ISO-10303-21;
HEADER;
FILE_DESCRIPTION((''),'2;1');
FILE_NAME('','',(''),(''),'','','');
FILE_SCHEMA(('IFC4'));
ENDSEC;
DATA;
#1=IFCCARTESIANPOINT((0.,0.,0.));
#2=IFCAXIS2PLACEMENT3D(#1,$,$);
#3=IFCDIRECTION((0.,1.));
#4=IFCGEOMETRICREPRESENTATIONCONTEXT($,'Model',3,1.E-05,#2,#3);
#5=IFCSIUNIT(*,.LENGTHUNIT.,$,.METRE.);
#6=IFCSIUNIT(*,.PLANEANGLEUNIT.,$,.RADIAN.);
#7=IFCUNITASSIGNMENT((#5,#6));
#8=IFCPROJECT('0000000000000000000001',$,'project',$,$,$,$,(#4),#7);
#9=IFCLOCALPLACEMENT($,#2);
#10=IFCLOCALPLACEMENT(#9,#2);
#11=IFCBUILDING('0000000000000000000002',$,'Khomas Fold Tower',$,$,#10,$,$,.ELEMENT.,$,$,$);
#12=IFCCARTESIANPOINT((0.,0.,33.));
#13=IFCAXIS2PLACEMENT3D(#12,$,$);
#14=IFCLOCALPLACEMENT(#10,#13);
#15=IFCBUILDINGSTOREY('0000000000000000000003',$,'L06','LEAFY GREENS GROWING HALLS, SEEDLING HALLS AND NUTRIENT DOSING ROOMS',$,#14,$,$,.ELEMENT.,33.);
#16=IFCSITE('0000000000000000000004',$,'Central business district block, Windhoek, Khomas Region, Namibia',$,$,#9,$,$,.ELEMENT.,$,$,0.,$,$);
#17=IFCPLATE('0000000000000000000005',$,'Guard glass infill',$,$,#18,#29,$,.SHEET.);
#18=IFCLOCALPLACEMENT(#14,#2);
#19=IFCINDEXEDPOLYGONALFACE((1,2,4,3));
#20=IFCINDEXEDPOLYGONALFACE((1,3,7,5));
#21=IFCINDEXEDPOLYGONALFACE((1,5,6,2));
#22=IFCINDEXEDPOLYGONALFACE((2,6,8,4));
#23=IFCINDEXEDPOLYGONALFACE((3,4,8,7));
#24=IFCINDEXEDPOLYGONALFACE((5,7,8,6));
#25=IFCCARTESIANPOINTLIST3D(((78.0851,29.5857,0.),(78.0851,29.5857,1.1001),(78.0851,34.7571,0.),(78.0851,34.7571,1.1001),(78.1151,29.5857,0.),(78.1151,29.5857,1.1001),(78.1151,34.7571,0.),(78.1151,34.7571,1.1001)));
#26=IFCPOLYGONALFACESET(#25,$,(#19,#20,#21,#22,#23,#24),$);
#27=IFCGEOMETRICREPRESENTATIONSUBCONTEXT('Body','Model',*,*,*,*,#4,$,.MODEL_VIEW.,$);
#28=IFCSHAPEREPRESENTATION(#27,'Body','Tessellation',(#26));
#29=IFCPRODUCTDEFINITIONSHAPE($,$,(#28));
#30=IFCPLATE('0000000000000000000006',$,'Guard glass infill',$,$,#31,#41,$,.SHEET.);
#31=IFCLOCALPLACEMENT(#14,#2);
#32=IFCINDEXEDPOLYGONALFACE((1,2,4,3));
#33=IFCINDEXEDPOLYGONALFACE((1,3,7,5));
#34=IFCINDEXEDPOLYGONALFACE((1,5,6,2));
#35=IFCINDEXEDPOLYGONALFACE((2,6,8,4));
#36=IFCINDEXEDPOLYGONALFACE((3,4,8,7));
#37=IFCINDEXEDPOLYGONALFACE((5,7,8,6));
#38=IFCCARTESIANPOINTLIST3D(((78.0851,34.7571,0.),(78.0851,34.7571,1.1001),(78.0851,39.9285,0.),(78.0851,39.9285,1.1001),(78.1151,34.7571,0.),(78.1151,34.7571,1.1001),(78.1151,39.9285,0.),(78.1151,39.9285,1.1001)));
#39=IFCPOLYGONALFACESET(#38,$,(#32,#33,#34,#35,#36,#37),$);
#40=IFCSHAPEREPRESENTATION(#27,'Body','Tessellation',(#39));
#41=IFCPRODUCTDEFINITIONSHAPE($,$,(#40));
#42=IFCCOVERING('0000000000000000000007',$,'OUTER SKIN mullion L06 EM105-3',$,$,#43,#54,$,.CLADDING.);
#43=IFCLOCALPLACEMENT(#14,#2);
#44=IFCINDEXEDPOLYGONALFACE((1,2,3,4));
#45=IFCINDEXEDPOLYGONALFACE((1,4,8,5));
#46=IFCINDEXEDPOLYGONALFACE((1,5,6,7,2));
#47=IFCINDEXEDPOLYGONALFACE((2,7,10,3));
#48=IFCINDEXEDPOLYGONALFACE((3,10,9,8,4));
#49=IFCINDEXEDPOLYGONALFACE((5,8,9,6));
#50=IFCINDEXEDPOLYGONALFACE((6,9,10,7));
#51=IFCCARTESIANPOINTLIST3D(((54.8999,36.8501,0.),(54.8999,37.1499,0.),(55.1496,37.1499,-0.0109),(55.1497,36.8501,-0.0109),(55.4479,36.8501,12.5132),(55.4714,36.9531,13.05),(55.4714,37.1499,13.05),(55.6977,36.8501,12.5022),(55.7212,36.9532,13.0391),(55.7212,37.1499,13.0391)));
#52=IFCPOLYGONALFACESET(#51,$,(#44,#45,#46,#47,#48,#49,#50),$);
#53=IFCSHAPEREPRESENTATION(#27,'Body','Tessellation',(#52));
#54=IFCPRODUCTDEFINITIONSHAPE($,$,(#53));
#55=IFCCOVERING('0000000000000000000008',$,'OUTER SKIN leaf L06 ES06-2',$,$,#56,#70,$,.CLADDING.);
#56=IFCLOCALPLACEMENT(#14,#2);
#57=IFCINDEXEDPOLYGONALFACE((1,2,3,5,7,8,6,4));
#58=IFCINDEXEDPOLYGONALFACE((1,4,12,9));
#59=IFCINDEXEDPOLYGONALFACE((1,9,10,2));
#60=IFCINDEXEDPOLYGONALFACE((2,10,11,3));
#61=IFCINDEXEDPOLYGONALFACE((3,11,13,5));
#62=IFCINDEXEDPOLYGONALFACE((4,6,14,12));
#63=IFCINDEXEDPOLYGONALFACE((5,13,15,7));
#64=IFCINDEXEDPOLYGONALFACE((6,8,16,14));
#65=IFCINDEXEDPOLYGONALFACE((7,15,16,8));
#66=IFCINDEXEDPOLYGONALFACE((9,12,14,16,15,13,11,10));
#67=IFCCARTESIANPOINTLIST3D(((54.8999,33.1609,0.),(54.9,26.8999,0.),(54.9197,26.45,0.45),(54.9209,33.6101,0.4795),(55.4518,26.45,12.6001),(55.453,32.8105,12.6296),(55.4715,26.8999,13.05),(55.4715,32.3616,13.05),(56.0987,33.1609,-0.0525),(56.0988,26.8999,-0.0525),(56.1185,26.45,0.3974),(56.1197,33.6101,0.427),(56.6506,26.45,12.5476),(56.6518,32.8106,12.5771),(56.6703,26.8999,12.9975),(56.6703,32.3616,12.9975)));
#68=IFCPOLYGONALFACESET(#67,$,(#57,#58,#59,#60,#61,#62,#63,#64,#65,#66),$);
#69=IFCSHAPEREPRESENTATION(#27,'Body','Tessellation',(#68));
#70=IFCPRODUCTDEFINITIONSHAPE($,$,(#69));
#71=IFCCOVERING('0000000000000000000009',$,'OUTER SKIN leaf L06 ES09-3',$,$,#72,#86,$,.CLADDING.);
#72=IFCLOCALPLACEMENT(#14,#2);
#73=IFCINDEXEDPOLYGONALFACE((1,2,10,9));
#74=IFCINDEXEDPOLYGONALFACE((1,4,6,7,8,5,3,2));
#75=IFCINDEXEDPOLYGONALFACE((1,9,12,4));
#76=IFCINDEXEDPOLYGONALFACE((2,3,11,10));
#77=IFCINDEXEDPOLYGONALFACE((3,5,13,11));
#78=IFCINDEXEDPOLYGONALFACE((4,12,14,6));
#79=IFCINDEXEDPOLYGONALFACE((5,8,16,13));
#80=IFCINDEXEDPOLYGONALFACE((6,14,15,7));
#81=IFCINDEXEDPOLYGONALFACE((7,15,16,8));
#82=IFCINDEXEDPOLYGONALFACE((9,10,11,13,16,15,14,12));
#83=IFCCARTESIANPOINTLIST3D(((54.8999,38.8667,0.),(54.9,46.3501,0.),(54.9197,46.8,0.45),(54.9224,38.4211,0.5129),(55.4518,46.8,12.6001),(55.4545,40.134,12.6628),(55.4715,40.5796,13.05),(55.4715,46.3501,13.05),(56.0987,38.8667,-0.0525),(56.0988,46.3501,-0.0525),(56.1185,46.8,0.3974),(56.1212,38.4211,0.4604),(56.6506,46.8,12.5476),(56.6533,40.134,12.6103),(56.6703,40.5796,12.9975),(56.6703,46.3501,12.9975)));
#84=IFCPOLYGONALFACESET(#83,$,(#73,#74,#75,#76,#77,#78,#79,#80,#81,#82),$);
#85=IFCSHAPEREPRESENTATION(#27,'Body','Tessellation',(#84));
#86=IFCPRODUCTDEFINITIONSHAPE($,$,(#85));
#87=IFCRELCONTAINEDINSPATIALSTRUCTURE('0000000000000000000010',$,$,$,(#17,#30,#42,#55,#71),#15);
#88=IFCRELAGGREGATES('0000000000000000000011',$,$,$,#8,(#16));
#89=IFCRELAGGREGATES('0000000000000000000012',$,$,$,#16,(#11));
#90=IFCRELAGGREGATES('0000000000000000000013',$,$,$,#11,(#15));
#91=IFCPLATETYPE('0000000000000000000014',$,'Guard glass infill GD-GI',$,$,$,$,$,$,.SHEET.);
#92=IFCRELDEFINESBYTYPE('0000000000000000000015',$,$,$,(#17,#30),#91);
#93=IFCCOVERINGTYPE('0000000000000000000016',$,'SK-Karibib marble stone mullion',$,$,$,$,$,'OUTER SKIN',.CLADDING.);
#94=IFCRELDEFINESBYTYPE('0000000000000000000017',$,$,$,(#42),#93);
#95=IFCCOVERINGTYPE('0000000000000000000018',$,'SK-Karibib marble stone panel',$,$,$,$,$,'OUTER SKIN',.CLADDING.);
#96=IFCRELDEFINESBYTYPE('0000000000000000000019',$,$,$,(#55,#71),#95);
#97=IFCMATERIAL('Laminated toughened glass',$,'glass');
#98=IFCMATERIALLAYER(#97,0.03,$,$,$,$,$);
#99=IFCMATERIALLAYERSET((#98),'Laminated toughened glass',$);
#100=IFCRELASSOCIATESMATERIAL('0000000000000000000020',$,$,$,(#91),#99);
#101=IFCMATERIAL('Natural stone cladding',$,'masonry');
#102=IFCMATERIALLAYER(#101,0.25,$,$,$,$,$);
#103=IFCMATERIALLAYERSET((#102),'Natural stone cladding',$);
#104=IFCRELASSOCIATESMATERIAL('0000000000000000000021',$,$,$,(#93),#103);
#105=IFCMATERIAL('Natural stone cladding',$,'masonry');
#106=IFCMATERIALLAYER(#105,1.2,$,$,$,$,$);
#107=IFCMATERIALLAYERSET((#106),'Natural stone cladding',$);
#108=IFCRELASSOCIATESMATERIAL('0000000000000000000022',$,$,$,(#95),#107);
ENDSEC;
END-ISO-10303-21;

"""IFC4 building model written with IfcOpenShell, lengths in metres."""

from ifc_helpers import new_model, si_unit, direction, frame, origin, origin_2d, place, context, subcontext, project, spatial, polyline, rectangle, outline, extrude, source, transform, mapped, material, layer, layer_set, type_object, element, save


model = new_model("IFC4")

# Units and contexts
model_context = context("Model", 3, precision=1e-05, world=origin(), true_north=direction((0.0, 1.0)))
body_context = subcontext(model_context, "Body", "Model", "MODEL_VIEW")
ifc_project = project(units=[si_unit("LENGTHUNIT", "METRE"), si_unit("PLANEANGLEUNIT", "RADIAN")], contexts=[model_context])

# Site, building, storey
site_placement = place(None, origin())
site = spatial("IfcSite", under=ifc_project, at=site_placement, Name="Central business district block, Windhoek, Khomas Region, Namibia", CompositionType="ELEMENT", RefElevation=0.0)
building_placement = place(site_placement, origin())
building = spatial("IfcBuilding", under=site, at=building_placement, Name="Khomas Fold Tower", CompositionType="ELEMENT")
storey_placement = place(building_placement, frame((0.0, 0.0, 33.0)))
storey = spatial("IfcBuildingStorey", under=building, at=storey_placement, Name="L06", Description="LEAFY GREENS GROWING HALLS, SEEDLING HALLS AND NUTRIENT DOSING ROOMS", CompositionType="ELEMENT", Elevation=33.0)

# Plates
ifc_material_1 = material(Name="Laminated toughened glass", Category="glass")
ifc_layer_1 = layer(ifc_material_1, 0.03)
ifc_layer_set_1 = layer_set([ifc_layer_1], Name="Laminated toughened glass")
plate_type_1 = type_object("IfcPlateType", Name="Guard glass infill GD-GI", PredefinedType="SHEET", material=ifc_layer_set_1)
shared_shape_1 = source(origin(), body_context, "Body", "SweptSolid", [
    extrude(rectangle(XDim=5.1714, YDim=0.03, at=origin_2d()), origin(), (0.0, 0.0, 1.0), 1.1001),
])
for number, where, z_axis, x_axis, name in (
    (1, (78.1001, 32.1714, 0.0), (0.0, 0.0, 1.0), (0.0, 1.0, 0.0), "Guard glass infill"),
    (2, (78.1001, 37.3428, 0.0), (0.0, 0.0, 1.0), (0.0, 1.0, 0.0), "Guard glass infill"),
):
    element("IfcPlate", number, at=place(storey_placement, frame(where, z_axis=z_axis, x_axis=x_axis)), inside=storey, type_object=plate_type_1, Name=name, PredefinedType="SHEET", context=body_context, shape_type="MappedRepresentation", body=[
        mapped(shared_shape_1, transform((0.0, 0.0, 0.0))),
    ])

# Coverings
ifc_material_2 = material(Name="Natural stone cladding", Category="masonry")
ifc_layer_2 = layer(ifc_material_2, 0.25)
ifc_layer_set_2 = layer_set([ifc_layer_2], Name="Natural stone cladding")
covering_type_1 = type_object("IfcCoveringType", Name="SK-Karibib marble stone mullion", ElementType="OUTER SKIN", PredefinedType="CLADDING", material=ifc_layer_set_2)
covering_1_placement = place(storey_placement, frame((55.4714, 36.9531, 13.05), z_axis=(-0.999042, -0.000125, 0.043755), x_axis=(-0.000125, 1.0, 0.000005)))
element("IfcCovering", 3, at=covering_1_placement, inside=storey, type_object=covering_type_1, Name="OUTER SKIN mullion L06 EM105-3", PredefinedType="CLADDING", context=body_context, shape_type="SweptSolid", body=[
    extrude(outline(polyline([(0.0, 0.0), (0.1968, 0.0), (0.1968, 13.0626), (-0.103, 13.0626), (-0.103, 0.5374), (0.0, 0.0)])), origin(), (0.0, 0.0, -1.0), 0.25),
])
ifc_material_3 = material(Name="Natural stone cladding", Category="masonry")
ifc_layer_3 = layer(ifc_material_3, 1.2)
ifc_layer_set_3 = layer_set([ifc_layer_3], Name="Natural stone cladding")
covering_type_2 = type_object("IfcCoveringType", Name="SK-Karibib marble stone panel", ElementType="OUTER SKIN", PredefinedType="CLADDING", material=ifc_layer_set_3)
covering_2_placement = place(storey_placement, frame((54.9197, 26.45, 0.45), z_axis=(-0.999042, -0.00001, 0.043755), x_axis=(0.043755, 0.0, 0.999042)))
element("IfcCovering", 4, at=covering_2_placement, inside=storey, type_object=covering_type_2, Name="OUTER SKIN leaf L06 ES06-2", PredefinedType="CLADDING", context=body_context, shape_type="SweptSolid", body=[
    extrude(outline(polyline([(0.0, 0.0), (12.1618, 0.0), (12.6122, 0.45), (12.6122, 5.9116), (12.1914, 6.3606), (0.0296, 7.1602), (-0.4504, 6.7109), (-0.4504, 0.45), (0.0, 0.0)])), origin(), (0.0, 0.0, -1.0), 1.2),
])
covering_3_placement = place(storey_placement, frame((54.9224, 38.4211, 0.5129), z_axis=(-0.999042, 0.000009, 0.043755), x_axis=(0.043329, 0.139468, 0.989278)))
element("IfcCovering", 5, at=covering_3_placement, inside=storey, type_object=covering_type_2, Name="OUTER SKIN leaf L06 ES09-3", PredefinedType="CLADDING", context=body_context, shape_type="SweptSolid", body=[
    extrude(outline(polyline([(0.0, 0.0), (12.2816, 0.0), (12.7275, 0.3871), (13.5323, 6.1013), (13.1491, 6.6096), (1.1062, 8.3058), (0.5974, 7.9231), (-0.4463, 0.5128), (0.0, 0.0)])), origin(), (0.0, 0.0, -1.0), 1.2),
])

save(model, "model.ifc")
